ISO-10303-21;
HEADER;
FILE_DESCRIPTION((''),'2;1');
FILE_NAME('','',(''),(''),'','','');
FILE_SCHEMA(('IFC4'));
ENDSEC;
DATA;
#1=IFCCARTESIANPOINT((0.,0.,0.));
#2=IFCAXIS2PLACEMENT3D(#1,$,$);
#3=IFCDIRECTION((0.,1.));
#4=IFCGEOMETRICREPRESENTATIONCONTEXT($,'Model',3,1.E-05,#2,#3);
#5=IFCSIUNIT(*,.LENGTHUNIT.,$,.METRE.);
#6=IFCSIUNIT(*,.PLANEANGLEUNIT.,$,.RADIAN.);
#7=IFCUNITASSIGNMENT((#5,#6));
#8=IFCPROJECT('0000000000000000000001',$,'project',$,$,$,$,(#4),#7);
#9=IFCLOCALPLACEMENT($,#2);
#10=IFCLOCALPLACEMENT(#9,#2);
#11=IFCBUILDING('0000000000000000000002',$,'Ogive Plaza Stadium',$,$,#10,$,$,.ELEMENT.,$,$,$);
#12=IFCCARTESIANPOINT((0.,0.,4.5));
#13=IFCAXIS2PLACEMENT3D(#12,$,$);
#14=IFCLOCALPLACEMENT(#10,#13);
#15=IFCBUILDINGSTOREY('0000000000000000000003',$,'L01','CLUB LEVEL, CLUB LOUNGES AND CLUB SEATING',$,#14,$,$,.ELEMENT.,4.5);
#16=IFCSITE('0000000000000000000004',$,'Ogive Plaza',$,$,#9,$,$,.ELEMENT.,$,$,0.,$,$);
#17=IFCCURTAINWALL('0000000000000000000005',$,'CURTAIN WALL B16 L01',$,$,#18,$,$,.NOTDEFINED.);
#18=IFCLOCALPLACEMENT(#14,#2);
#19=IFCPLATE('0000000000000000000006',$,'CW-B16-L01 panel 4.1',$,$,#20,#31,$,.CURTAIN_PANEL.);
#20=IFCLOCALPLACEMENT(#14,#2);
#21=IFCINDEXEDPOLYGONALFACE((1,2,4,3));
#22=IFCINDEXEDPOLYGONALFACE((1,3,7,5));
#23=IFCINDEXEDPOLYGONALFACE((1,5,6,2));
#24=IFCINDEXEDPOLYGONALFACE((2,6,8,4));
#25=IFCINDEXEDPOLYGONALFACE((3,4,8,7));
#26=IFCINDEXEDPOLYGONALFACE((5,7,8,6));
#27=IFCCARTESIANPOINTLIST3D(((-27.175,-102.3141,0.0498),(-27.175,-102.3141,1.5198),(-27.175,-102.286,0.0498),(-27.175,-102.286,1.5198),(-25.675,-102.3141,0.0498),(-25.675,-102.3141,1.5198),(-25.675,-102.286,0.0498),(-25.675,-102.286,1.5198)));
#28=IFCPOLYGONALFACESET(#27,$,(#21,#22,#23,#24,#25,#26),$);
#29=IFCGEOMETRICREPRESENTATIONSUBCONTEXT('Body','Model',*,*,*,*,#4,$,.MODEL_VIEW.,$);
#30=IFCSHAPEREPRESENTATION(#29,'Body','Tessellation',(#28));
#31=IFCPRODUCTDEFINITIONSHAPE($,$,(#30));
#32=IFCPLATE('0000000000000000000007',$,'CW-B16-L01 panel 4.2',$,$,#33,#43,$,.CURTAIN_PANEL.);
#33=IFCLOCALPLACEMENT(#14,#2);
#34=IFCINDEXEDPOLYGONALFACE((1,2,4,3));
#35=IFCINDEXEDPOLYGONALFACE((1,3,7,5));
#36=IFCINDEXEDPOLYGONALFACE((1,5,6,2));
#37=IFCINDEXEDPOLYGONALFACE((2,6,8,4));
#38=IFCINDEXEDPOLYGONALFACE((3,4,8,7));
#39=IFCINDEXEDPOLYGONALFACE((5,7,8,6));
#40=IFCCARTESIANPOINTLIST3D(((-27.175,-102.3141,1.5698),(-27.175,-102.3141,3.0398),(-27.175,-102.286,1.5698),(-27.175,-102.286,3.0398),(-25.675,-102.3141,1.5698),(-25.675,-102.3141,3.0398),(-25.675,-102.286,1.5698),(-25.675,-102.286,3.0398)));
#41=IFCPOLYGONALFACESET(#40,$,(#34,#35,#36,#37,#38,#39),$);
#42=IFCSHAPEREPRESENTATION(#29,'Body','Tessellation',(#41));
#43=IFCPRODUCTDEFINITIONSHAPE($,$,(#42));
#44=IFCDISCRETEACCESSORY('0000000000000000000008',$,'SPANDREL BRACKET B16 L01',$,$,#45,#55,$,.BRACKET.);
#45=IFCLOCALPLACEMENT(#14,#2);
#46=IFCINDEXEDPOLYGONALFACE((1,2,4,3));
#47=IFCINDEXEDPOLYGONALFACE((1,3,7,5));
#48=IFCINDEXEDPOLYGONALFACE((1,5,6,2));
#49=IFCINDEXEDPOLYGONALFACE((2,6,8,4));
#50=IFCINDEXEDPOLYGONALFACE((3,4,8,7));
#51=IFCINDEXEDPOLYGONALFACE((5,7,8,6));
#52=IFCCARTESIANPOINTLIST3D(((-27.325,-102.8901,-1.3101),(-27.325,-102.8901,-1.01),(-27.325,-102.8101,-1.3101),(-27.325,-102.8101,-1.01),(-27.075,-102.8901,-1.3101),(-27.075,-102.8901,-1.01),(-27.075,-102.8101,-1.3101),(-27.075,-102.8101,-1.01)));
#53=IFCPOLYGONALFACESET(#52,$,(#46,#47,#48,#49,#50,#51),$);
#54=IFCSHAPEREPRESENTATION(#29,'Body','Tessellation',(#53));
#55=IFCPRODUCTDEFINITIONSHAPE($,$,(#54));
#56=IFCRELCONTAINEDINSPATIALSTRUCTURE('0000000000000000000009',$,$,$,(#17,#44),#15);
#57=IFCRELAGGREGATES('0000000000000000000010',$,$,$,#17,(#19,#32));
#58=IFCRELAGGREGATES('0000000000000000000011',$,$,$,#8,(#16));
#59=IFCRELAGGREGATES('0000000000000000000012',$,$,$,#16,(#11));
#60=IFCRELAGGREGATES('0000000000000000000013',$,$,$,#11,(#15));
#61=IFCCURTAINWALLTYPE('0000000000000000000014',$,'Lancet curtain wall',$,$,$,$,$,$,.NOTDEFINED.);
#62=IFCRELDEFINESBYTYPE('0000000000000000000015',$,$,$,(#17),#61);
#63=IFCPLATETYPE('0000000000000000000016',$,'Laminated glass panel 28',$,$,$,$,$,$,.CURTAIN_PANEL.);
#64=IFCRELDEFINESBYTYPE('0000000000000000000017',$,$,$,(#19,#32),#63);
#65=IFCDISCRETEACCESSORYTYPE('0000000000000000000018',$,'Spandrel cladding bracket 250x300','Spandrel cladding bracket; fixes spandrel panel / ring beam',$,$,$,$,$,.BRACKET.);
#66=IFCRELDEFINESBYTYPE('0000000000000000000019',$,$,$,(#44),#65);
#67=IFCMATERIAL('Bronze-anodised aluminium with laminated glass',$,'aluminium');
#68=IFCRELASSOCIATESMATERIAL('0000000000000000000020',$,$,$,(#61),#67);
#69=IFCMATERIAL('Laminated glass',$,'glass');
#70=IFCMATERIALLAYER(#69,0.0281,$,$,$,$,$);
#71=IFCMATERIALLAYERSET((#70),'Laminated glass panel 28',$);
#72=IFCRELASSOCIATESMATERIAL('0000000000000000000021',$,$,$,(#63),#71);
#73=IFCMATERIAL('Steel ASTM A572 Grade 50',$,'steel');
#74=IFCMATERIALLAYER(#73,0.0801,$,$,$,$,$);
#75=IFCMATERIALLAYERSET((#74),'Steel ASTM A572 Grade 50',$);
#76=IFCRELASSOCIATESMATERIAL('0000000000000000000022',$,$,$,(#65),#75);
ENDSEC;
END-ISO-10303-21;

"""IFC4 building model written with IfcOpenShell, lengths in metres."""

from ifc_helpers import new_model, si_unit, direction, frame, origin, origin_2d, place, context, subcontext, project, spatial, rectangle, extrude, material, layer, layer_set, type_object, element, aggregate, save


model = new_model("IFC4")

# Units and contexts
model_context = context("Model", 3, precision=1e-05, world=origin(), true_north=direction((0.0, 1.0)))
body_context = subcontext(model_context, "Body", "Model", "MODEL_VIEW")
ifc_project = project(units=[si_unit("LENGTHUNIT", "METRE"), si_unit("PLANEANGLEUNIT", "RADIAN")], contexts=[model_context])

# Site, building, storey
site_placement = place(None, origin())
site = spatial("IfcSite", under=ifc_project, at=site_placement, Name="Ogive Plaza", CompositionType="ELEMENT", RefElevation=0.0)
building_placement = place(site_placement, origin())
building = spatial("IfcBuilding", under=site, at=building_placement, Name="Ogive Plaza Stadium", CompositionType="ELEMENT")
storey_placement = place(building_placement, frame((0.0, 0.0, 4.5)))
storey = spatial("IfcBuildingStorey", under=building, at=storey_placement, Name="L01", Description="CLUB LEVEL, CLUB LOUNGES AND CLUB SEATING", CompositionType="ELEMENT", Elevation=4.5)

# Curtain wall
ifc_material_1 = material(Name="Bronze-anodised aluminium with laminated glass", Category="aluminium")
curtain_wall_type = type_object("IfcCurtainWallType", Name="Lancet curtain wall", PredefinedType="NOTDEFINED", material=ifc_material_1)
curtain_wall_placement = place(storey_placement, origin())
curtain_wall = element("IfcCurtainWall", 1, at=curtain_wall_placement, inside=storey, type_object=curtain_wall_type, Name="CURTAIN WALL B16 L01", PredefinedType="NOTDEFINED")

# Plates
ifc_material_2 = material(Name="Laminated glass", Category="glass")
ifc_layer_1 = layer(ifc_material_2, 0.0281)
ifc_layer_set_1 = layer_set([ifc_layer_1], Name="Laminated glass panel 28")
plate_type = type_object("IfcPlateType", Name="Laminated glass panel 28", PredefinedType="CURTAIN_PANEL", material=ifc_layer_set_1)
plate_1_placement = place(storey_placement, frame((-26.425, -102.3, 0.0498), z_axis=(0.0, 0.0, 1.0), x_axis=(-1.0, 0.0, 0.0)))
plate_1 = element("IfcPlate", 2, at=plate_1_placement, type_object=plate_type, Name="CW-B16-L01 panel 4.1", PredefinedType="CURTAIN_PANEL", context=body_context, shape_type="SweptSolid", body=[
    extrude(rectangle(XDim=1.5, YDim=0.0281, at=origin_2d()), origin(), (0.0, 0.0, 1.0), 1.47),
])
plate_2_placement = place(storey_placement, frame((-26.425, -102.3, 1.5698), z_axis=(0.0, 0.0, 1.0), x_axis=(-1.0, 0.0, 0.0)))
plate_2 = element("IfcPlate", 3, at=plate_2_placement, type_object=plate_type, Name="CW-B16-L01 panel 4.2", PredefinedType="CURTAIN_PANEL", context=body_context, shape_type="SweptSolid", body=[
    extrude(rectangle(XDim=1.5, YDim=0.0281, at=origin_2d()), origin(), (0.0, 0.0, 1.0), 1.47),
])
aggregate(curtain_wall, [plate_1, plate_2])

# Discrete accessory
ifc_material_3 = material(Name="Steel ASTM A572 Grade 50", Category="steel")
ifc_layer_2 = layer(ifc_material_3, 0.0801)
ifc_layer_set_2 = layer_set([ifc_layer_2], Name="Steel ASTM A572 Grade 50")
discrete_accessory_type = type_object("IfcDiscreteAccessoryType", Name="Spandrel cladding bracket 250x300", Description="Spandrel cladding bracket; fixes spandrel panel / ring beam", PredefinedType="BRACKET", material=ifc_layer_set_2)
discrete_accessory_placement = place(storey_placement, frame((-27.2, -102.8501, -1.3101), z_axis=(0.0, 0.0, 1.0), x_axis=(-1.0, 0.0, 0.0)))
element("IfcDiscreteAccessory", 4, at=discrete_accessory_placement, inside=storey, type_object=discrete_accessory_type, Name="SPANDREL BRACKET B16 L01", PredefinedType="BRACKET", context=body_context, shape_type="SweptSolid", body=[
    extrude(rectangle(XDim=0.25, YDim=0.0801, at=origin_2d()), origin(), (0.0, 0.0, 1.0), 0.3),
])

save(model, "model.ifc")
